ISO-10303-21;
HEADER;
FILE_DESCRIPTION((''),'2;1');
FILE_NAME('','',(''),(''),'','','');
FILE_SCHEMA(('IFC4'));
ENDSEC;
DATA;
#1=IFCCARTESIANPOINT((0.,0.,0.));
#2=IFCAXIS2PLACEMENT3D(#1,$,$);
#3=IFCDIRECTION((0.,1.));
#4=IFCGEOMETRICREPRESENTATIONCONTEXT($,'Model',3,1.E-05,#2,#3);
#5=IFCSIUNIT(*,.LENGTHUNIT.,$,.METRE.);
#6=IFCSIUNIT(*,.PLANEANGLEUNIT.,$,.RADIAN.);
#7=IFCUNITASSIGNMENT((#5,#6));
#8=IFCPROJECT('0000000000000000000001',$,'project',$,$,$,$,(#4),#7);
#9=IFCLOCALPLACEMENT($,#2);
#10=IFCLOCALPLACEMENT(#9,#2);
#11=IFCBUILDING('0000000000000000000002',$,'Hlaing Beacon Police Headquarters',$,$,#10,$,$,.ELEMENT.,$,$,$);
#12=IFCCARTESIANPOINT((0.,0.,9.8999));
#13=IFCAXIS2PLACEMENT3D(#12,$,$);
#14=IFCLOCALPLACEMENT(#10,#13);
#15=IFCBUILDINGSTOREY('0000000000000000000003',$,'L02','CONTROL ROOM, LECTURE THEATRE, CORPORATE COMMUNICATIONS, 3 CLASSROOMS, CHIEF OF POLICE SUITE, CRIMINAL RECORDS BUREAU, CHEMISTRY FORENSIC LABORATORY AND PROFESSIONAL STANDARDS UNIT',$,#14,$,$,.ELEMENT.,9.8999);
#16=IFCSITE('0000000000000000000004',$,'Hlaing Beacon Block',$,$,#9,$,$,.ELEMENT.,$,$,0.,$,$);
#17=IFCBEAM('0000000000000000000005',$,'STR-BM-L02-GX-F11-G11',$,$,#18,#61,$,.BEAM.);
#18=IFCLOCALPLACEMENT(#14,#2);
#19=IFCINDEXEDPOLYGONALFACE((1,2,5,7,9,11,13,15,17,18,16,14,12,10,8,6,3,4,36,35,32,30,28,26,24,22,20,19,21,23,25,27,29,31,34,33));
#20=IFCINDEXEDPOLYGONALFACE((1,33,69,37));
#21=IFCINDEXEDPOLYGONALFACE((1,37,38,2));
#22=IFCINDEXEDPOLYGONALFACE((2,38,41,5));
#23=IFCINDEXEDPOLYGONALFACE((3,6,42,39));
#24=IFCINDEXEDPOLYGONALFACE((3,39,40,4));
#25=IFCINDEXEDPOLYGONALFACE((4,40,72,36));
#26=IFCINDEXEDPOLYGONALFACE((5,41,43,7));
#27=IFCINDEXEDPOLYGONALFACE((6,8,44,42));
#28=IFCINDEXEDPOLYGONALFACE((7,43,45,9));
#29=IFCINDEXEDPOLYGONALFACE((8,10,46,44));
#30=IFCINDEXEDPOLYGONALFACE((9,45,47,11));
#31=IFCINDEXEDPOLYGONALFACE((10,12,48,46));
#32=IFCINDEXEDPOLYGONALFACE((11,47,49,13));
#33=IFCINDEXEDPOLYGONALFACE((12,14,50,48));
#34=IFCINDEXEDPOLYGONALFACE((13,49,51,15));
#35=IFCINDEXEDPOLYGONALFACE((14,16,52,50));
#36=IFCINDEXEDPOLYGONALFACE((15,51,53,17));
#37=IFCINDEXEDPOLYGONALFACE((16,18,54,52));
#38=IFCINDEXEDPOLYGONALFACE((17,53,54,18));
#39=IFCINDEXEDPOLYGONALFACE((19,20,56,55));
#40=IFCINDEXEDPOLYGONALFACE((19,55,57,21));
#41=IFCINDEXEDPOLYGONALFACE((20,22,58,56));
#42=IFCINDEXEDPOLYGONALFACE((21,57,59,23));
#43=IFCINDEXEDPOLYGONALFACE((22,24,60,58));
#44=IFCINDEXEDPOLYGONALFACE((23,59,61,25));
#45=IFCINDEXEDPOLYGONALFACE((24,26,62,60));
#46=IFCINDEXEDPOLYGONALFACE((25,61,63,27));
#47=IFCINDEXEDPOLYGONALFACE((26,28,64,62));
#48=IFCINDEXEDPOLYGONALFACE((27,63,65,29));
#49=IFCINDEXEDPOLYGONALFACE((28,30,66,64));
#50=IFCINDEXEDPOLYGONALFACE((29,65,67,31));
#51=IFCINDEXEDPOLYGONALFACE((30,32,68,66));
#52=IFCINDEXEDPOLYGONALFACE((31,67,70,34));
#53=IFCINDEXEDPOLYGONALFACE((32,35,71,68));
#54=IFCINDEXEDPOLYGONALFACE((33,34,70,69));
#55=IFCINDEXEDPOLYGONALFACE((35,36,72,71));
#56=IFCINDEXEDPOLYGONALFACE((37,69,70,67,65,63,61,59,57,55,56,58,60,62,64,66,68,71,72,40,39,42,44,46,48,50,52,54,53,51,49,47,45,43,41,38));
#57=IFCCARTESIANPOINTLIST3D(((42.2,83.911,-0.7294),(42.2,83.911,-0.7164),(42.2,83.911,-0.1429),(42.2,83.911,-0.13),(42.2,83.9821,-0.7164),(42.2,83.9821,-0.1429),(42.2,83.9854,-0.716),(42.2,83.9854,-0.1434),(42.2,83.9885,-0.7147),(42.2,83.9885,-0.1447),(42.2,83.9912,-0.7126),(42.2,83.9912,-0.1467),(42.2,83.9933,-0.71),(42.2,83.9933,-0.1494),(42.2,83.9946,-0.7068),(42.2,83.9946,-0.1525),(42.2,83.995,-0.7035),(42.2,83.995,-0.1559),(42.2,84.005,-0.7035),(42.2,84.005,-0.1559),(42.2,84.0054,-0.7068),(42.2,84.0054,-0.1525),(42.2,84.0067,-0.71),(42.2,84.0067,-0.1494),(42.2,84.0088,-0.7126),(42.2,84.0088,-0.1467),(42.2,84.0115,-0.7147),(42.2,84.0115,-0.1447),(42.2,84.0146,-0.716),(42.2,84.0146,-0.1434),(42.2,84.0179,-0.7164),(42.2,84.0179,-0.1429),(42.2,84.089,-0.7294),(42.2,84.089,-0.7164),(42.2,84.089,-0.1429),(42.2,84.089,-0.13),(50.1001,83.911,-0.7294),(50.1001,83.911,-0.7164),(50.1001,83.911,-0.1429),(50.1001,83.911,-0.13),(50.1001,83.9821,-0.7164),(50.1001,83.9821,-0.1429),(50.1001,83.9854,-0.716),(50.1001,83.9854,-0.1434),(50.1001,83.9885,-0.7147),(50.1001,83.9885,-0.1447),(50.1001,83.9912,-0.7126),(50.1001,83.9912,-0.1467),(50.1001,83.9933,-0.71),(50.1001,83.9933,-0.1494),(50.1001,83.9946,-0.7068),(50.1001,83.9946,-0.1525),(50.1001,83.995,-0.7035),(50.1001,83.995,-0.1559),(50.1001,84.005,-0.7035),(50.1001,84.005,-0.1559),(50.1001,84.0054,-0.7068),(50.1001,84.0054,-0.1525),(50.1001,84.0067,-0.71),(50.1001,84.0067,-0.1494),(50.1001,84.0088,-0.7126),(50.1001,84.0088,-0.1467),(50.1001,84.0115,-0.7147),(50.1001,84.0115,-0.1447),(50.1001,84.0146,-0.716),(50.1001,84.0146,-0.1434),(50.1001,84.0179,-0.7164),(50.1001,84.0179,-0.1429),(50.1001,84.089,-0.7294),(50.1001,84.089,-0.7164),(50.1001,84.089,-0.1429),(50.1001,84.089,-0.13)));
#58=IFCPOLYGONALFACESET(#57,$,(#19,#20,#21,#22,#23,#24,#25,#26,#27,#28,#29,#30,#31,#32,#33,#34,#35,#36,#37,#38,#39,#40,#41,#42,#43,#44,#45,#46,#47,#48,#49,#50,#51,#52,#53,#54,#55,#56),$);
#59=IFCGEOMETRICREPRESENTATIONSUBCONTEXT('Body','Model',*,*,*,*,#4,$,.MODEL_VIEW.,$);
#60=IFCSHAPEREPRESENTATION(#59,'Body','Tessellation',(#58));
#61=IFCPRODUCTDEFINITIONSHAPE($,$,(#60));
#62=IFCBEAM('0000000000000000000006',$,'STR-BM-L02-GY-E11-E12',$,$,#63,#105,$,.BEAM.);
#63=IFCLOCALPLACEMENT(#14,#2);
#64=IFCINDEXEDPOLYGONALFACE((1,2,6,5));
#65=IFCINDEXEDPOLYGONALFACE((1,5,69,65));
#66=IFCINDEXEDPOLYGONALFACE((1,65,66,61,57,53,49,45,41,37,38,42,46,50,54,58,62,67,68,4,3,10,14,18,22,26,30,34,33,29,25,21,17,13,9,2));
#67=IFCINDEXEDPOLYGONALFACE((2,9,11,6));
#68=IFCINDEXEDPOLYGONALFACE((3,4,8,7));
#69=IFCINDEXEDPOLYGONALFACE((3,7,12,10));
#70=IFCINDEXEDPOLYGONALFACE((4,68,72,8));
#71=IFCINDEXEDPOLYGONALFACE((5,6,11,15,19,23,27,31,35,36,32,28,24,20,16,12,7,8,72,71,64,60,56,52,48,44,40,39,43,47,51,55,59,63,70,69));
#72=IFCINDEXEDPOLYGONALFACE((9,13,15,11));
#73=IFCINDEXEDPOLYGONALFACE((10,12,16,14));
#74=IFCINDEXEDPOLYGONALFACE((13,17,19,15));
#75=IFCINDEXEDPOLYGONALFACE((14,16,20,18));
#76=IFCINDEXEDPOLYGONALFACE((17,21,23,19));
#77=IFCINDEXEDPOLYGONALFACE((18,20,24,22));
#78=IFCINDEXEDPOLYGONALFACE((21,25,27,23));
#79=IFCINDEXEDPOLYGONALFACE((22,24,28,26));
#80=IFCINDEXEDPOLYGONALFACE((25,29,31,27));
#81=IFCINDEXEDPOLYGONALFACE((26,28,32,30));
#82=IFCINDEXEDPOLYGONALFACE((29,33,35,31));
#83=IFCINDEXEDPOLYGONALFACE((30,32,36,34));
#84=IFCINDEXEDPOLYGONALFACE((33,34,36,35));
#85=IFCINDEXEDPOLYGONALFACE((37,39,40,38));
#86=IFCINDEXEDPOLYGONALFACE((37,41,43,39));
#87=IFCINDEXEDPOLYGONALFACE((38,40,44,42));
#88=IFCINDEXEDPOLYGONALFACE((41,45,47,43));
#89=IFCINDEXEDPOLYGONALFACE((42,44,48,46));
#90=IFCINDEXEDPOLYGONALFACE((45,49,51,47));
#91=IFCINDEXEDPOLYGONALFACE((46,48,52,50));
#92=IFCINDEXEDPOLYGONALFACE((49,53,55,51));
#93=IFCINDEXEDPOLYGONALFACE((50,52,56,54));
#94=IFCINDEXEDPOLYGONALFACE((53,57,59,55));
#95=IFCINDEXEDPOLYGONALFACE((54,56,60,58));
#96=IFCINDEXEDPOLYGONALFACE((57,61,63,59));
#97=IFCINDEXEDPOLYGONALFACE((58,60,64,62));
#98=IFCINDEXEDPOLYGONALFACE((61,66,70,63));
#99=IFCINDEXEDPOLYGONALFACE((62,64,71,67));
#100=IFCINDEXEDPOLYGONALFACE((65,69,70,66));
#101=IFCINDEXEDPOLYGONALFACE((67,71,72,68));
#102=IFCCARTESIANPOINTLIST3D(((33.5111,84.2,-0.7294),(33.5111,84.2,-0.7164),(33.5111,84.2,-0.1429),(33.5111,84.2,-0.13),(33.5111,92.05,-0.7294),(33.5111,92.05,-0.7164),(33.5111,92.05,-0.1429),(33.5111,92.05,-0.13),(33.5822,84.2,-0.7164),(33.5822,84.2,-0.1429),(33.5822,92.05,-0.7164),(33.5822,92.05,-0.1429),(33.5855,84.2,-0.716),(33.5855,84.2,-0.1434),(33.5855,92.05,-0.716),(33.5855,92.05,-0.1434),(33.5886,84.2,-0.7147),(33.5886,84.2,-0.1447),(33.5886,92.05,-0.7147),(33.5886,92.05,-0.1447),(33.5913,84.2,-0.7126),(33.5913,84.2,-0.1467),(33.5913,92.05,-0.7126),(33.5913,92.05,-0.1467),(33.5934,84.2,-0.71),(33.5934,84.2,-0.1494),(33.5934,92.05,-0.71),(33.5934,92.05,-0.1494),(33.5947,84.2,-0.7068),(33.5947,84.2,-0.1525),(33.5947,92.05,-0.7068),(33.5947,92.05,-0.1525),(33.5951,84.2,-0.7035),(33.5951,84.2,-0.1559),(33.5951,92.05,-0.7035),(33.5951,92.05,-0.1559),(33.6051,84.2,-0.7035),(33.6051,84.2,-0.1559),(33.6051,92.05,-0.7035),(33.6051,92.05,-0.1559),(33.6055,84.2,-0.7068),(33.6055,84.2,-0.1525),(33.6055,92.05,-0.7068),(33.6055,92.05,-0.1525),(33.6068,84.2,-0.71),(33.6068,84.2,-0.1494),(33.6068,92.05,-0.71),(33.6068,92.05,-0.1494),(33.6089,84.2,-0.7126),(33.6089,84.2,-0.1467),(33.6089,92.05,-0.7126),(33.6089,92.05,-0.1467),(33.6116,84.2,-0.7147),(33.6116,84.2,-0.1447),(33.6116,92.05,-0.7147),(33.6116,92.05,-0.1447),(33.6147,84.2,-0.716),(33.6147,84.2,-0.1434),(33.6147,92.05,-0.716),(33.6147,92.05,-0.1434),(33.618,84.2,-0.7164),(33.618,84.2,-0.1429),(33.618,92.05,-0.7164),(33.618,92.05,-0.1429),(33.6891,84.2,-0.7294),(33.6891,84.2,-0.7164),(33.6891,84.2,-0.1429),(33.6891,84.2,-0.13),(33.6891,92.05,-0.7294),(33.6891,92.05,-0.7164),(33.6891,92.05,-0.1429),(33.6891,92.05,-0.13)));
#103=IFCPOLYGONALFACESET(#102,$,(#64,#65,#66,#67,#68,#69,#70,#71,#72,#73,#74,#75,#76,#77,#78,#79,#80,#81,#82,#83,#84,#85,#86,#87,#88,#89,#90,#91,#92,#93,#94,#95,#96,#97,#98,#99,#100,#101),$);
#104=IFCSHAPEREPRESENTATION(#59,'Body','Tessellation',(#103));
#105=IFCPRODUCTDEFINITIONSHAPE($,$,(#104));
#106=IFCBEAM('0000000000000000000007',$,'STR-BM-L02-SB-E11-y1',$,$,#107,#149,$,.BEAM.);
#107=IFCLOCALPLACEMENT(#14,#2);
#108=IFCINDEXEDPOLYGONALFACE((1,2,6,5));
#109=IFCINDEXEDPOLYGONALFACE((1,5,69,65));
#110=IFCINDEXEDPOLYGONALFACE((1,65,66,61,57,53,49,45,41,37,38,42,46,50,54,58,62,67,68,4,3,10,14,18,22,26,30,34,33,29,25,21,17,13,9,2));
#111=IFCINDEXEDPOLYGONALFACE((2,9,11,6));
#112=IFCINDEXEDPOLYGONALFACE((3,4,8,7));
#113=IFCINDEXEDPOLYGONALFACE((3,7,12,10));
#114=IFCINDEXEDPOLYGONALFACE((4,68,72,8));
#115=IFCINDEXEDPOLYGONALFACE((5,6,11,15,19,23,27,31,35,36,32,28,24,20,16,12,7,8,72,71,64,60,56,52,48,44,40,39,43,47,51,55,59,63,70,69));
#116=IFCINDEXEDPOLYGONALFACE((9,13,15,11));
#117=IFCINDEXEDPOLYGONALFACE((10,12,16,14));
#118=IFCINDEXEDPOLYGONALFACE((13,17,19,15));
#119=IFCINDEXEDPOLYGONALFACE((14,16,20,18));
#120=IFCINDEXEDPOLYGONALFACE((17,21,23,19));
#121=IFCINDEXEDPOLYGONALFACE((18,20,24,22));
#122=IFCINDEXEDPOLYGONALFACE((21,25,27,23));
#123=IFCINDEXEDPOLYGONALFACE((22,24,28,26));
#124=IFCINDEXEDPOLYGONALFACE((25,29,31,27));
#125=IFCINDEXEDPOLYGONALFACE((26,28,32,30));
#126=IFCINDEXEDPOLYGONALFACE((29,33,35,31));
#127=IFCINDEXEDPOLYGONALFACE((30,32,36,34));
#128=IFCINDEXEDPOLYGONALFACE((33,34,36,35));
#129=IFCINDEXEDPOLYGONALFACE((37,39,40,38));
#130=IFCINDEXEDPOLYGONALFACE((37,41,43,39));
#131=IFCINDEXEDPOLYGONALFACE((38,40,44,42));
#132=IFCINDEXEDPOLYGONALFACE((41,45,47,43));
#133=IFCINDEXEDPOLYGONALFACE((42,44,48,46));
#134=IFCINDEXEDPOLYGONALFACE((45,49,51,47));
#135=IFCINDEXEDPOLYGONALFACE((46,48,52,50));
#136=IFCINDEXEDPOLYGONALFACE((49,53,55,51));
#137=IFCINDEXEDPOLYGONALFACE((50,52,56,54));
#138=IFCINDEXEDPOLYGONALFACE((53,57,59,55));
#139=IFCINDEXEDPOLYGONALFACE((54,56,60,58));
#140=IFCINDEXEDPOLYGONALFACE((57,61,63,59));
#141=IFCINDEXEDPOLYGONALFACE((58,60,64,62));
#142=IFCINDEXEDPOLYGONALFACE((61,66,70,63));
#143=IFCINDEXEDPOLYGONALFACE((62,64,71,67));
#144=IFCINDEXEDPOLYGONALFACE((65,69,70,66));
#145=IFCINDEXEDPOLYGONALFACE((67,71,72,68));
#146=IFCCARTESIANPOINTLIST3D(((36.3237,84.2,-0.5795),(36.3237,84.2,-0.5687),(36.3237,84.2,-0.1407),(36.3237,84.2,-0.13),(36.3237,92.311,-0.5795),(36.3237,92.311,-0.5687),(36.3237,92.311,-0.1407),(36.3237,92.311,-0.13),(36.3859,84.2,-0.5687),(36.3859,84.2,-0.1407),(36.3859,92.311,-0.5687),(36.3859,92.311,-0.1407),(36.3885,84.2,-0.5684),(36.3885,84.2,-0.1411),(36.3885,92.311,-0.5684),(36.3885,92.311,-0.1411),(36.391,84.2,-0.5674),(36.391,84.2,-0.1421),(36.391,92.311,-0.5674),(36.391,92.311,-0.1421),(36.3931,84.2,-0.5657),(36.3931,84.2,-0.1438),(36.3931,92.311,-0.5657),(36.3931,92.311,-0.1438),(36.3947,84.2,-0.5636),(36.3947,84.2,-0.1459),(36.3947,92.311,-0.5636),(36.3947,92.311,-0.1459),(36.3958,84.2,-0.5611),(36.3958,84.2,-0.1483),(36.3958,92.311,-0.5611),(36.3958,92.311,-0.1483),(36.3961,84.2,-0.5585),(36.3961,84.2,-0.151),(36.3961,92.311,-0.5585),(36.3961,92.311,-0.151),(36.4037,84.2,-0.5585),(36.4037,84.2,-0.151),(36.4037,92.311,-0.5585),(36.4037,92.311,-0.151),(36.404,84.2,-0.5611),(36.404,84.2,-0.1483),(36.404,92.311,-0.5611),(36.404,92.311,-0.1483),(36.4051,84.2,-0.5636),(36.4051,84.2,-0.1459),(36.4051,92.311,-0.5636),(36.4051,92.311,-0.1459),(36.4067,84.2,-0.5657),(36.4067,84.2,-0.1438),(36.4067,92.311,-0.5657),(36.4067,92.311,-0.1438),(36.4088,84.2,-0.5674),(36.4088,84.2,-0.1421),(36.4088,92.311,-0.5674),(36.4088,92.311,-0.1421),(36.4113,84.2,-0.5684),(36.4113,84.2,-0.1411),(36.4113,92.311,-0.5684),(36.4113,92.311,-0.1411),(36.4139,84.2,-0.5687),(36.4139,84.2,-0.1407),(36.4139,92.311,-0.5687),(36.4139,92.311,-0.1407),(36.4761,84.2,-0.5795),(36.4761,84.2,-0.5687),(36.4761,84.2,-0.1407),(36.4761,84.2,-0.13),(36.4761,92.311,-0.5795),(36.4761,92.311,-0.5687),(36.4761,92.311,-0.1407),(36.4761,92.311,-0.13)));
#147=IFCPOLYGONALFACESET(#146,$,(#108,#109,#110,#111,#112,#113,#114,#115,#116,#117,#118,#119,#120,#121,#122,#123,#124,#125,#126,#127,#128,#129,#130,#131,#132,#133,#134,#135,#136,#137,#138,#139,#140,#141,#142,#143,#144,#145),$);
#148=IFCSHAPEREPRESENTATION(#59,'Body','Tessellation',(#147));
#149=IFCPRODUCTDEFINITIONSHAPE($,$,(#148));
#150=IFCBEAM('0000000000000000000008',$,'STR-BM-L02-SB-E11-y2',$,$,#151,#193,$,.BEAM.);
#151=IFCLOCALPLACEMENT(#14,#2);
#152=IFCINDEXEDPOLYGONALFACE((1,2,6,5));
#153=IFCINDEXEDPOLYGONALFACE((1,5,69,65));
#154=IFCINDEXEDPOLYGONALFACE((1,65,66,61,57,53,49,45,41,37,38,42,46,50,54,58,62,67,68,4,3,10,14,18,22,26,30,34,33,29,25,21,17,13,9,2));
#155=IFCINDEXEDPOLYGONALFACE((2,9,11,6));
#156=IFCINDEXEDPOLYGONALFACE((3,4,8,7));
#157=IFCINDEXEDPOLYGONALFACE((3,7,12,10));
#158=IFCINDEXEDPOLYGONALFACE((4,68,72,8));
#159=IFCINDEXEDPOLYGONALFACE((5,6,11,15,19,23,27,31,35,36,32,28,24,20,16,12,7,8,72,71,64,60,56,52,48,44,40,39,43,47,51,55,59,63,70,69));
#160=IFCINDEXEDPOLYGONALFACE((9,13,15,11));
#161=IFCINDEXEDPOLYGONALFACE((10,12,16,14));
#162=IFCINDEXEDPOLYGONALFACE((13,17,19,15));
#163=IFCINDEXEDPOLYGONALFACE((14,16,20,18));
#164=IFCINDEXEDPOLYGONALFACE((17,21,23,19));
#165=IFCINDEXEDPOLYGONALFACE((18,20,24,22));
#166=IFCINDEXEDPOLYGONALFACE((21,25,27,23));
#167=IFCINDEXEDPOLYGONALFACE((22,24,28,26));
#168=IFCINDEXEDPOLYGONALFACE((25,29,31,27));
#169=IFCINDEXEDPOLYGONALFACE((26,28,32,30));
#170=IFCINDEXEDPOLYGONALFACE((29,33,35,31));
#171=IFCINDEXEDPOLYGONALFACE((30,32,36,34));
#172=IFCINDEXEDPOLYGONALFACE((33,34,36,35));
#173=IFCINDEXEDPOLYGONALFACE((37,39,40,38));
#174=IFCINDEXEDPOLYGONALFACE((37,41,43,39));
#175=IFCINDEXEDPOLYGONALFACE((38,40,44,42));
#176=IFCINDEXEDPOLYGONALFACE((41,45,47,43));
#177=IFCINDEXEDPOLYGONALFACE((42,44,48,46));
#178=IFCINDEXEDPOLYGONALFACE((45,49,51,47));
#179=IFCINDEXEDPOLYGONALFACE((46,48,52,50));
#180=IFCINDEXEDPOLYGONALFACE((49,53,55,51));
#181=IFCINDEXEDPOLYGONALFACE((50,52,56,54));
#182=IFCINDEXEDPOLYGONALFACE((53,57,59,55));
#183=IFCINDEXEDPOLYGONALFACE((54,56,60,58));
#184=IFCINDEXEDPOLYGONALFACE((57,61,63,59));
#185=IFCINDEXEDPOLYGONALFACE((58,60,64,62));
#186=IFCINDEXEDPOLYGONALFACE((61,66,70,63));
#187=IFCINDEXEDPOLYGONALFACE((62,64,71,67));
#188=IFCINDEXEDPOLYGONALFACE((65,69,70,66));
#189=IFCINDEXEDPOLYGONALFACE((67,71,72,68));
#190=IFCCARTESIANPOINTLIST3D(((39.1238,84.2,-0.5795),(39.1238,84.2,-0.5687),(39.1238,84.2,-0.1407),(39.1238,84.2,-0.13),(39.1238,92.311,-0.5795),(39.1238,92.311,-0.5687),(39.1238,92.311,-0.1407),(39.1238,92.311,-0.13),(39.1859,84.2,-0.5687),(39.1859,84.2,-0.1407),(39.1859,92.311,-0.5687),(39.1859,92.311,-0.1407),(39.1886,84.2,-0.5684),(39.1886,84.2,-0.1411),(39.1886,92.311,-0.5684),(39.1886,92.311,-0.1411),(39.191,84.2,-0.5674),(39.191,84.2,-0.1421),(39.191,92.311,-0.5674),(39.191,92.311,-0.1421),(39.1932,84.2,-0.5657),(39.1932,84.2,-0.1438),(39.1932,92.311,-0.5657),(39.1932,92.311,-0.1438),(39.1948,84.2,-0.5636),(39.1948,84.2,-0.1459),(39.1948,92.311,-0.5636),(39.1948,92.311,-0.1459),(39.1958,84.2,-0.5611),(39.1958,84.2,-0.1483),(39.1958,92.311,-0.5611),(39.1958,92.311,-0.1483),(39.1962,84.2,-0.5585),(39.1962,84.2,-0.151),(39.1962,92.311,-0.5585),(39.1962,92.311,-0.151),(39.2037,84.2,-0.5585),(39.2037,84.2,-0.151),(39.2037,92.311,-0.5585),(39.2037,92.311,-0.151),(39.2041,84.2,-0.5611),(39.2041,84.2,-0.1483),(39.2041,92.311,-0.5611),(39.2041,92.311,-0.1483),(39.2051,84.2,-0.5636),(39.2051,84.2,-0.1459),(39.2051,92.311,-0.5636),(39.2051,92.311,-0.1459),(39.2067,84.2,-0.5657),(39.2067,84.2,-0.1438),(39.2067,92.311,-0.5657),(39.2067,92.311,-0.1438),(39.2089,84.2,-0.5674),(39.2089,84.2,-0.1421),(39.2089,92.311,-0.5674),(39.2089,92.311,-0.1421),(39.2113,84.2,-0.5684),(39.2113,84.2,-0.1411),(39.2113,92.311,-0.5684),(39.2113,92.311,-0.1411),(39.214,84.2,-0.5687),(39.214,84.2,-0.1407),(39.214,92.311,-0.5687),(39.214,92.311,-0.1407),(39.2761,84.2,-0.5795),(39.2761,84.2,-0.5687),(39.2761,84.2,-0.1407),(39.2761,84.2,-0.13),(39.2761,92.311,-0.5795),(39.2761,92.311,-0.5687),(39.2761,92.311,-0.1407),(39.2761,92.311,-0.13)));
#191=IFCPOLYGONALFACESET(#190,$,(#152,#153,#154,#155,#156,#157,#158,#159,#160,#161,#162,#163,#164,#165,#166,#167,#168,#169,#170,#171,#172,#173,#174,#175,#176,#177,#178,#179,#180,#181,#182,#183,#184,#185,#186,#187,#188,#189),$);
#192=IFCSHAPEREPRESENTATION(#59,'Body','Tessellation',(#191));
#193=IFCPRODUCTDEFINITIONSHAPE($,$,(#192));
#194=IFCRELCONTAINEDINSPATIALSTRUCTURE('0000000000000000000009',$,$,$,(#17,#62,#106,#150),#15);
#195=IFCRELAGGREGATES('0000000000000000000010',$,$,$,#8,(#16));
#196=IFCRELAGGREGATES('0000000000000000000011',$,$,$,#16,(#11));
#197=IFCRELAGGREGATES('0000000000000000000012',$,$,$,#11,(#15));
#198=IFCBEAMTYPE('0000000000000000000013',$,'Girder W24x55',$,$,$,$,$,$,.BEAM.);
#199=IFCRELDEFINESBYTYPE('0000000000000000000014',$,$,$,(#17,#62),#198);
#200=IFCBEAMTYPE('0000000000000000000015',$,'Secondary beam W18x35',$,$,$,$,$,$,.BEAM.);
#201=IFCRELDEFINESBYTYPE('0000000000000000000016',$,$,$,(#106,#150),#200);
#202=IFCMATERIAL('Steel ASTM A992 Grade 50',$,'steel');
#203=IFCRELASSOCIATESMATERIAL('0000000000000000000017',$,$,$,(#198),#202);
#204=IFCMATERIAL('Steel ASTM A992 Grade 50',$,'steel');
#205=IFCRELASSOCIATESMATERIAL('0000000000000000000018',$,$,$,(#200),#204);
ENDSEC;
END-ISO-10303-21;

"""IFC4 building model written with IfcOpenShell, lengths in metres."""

from ifc_helpers import new_model, si_unit, direction, frame, origin, origin_2d, place, context, subcontext, project, spatial, i_section, extrude, material, material_profile, profile_set, type_object, element, save


model = new_model("IFC4")

# Units and contexts
model_context = context("Model", 3, precision=1e-05, world=origin(), true_north=direction((0.0, 1.0)))
body_context = subcontext(model_context, "Body", "Model", "MODEL_VIEW")
ifc_project = project(units=[si_unit("LENGTHUNIT", "METRE"), si_unit("PLANEANGLEUNIT", "RADIAN")], contexts=[model_context])

# Site, building, storey
site_placement = place(None, origin())
site = spatial("IfcSite", under=ifc_project, at=site_placement, Name="Hlaing Beacon Block", CompositionType="ELEMENT", RefElevation=0.0)
building_placement = place(site_placement, origin())
building = spatial("IfcBuilding", under=site, at=building_placement, Name="Hlaing Beacon Police Headquarters", CompositionType="ELEMENT")
storey_placement = place(building_placement, frame((0.0, 0.0, 9.8999)))
storey = spatial("IfcBuildingStorey", under=building, at=storey_placement, Name="L02", Description="CONTROL ROOM, LECTURE THEATRE, CORPORATE COMMUNICATIONS, 3 CLASSROOMS, CHIEF OF POLICE SUITE, CRIMINAL RECORDS BUREAU, CHEMISTRY FORENSIC LABORATORY AND PROFESSIONAL STANDARDS UNIT", CompositionType="ELEMENT", Elevation=9.8999)

# Beams
ifc_material_1 = material(Name="Steel ASTM A992 Grade 50", Category="steel")
ifc_material_profile_1 = material_profile(ifc_material_1, i_section(OverallWidth=0.178, OverallDepth=0.5994, WebThickness=0.01, FlangeThickness=0.0129, FilletRadius=0.0129, at=origin_2d()), Name="W24x55")
ifc_profile_set_1 = profile_set([ifc_material_profile_1], Name="Steel ASTM A992 Grade 50")
beam_type_1 = type_object("IfcBeamType", Name="Girder W24x55", PredefinedType="BEAM", material=ifc_profile_set_1)
beam_1_placement = place(storey_placement, frame((42.2, 84.0, -0.4297), z_axis=(1.0, 0.0, 0.0), x_axis=(0.0, 1.0, 0.0)))
element("IfcBeam", 1, at=beam_1_placement, inside=storey, type_object=beam_type_1, Name="STR-BM-L02-GX-F11-G11", PredefinedType="BEAM", context=body_context, shape_type="SweptSolid", body=[
    extrude(i_section(OverallWidth=0.178, OverallDepth=0.5994, WebThickness=0.01, FlangeThickness=0.0129, FilletRadius=0.0129, at=origin_2d()), origin(), (0.0, 0.0, 1.0), 7.9001),
])
beam_2_placement = place(storey_placement, frame((33.6001, 84.2, -0.4297), z_axis=(0.0, 1.0, 0.0), x_axis=(-1.0, 0.0, 0.0)))
element("IfcBeam", 2, at=beam_2_placement, inside=storey, type_object=beam_type_1, Name="STR-BM-L02-GY-E11-E12", PredefinedType="BEAM", context=body_context, shape_type="SweptSolid", body=[
    extrude(i_section(OverallWidth=0.178, OverallDepth=0.5994, WebThickness=0.01, FlangeThickness=0.0129, FilletRadius=0.0129, at=origin_2d()), origin(), (0.0, 0.0, 1.0), 7.8501),
])
ifc_material_2 = material(Name="Steel ASTM A992 Grade 50", Category="steel")
ifc_material_profile_2 = material_profile(ifc_material_2, i_section(OverallWidth=0.1523, OverallDepth=0.4495, WebThickness=0.0076, FlangeThickness=0.0107, FilletRadius=0.0103, at=origin_2d()), Name="W18x35")
ifc_profile_set_2 = profile_set([ifc_material_profile_2], Name="Steel ASTM A992 Grade 50")
beam_type_2 = type_object("IfcBeamType", Name="Secondary beam W18x35", PredefinedType="BEAM", material=ifc_profile_set_2)
for number, where, z_axis, x_axis, name in (
    (3, (36.3999, 84.2, -0.3547), (0.0, 1.0, 0.0), (-1.0, 0.0, 0.0), "STR-BM-L02-SB-E11-y1"),
    (4, (39.2, 84.2, -0.3547), (0.0, 1.0, 0.0), (-1.0, 0.0, 0.0), "STR-BM-L02-SB-E11-y2"),
):
    element("IfcBeam", number, at=place(storey_placement, frame(where, z_axis=z_axis, x_axis=x_axis)), inside=storey, type_object=beam_type_2, Name=name, PredefinedType="BEAM", context=body_context, shape_type="SweptSolid", body=[
        extrude(i_section(OverallWidth=0.1523, OverallDepth=0.4495, WebThickness=0.0076, FlangeThickness=0.0107, FilletRadius=0.0103, at=origin_2d()), origin(), (0.0, 0.0, 1.0), 8.1111),
    ])

save(model, "model.ifc")
